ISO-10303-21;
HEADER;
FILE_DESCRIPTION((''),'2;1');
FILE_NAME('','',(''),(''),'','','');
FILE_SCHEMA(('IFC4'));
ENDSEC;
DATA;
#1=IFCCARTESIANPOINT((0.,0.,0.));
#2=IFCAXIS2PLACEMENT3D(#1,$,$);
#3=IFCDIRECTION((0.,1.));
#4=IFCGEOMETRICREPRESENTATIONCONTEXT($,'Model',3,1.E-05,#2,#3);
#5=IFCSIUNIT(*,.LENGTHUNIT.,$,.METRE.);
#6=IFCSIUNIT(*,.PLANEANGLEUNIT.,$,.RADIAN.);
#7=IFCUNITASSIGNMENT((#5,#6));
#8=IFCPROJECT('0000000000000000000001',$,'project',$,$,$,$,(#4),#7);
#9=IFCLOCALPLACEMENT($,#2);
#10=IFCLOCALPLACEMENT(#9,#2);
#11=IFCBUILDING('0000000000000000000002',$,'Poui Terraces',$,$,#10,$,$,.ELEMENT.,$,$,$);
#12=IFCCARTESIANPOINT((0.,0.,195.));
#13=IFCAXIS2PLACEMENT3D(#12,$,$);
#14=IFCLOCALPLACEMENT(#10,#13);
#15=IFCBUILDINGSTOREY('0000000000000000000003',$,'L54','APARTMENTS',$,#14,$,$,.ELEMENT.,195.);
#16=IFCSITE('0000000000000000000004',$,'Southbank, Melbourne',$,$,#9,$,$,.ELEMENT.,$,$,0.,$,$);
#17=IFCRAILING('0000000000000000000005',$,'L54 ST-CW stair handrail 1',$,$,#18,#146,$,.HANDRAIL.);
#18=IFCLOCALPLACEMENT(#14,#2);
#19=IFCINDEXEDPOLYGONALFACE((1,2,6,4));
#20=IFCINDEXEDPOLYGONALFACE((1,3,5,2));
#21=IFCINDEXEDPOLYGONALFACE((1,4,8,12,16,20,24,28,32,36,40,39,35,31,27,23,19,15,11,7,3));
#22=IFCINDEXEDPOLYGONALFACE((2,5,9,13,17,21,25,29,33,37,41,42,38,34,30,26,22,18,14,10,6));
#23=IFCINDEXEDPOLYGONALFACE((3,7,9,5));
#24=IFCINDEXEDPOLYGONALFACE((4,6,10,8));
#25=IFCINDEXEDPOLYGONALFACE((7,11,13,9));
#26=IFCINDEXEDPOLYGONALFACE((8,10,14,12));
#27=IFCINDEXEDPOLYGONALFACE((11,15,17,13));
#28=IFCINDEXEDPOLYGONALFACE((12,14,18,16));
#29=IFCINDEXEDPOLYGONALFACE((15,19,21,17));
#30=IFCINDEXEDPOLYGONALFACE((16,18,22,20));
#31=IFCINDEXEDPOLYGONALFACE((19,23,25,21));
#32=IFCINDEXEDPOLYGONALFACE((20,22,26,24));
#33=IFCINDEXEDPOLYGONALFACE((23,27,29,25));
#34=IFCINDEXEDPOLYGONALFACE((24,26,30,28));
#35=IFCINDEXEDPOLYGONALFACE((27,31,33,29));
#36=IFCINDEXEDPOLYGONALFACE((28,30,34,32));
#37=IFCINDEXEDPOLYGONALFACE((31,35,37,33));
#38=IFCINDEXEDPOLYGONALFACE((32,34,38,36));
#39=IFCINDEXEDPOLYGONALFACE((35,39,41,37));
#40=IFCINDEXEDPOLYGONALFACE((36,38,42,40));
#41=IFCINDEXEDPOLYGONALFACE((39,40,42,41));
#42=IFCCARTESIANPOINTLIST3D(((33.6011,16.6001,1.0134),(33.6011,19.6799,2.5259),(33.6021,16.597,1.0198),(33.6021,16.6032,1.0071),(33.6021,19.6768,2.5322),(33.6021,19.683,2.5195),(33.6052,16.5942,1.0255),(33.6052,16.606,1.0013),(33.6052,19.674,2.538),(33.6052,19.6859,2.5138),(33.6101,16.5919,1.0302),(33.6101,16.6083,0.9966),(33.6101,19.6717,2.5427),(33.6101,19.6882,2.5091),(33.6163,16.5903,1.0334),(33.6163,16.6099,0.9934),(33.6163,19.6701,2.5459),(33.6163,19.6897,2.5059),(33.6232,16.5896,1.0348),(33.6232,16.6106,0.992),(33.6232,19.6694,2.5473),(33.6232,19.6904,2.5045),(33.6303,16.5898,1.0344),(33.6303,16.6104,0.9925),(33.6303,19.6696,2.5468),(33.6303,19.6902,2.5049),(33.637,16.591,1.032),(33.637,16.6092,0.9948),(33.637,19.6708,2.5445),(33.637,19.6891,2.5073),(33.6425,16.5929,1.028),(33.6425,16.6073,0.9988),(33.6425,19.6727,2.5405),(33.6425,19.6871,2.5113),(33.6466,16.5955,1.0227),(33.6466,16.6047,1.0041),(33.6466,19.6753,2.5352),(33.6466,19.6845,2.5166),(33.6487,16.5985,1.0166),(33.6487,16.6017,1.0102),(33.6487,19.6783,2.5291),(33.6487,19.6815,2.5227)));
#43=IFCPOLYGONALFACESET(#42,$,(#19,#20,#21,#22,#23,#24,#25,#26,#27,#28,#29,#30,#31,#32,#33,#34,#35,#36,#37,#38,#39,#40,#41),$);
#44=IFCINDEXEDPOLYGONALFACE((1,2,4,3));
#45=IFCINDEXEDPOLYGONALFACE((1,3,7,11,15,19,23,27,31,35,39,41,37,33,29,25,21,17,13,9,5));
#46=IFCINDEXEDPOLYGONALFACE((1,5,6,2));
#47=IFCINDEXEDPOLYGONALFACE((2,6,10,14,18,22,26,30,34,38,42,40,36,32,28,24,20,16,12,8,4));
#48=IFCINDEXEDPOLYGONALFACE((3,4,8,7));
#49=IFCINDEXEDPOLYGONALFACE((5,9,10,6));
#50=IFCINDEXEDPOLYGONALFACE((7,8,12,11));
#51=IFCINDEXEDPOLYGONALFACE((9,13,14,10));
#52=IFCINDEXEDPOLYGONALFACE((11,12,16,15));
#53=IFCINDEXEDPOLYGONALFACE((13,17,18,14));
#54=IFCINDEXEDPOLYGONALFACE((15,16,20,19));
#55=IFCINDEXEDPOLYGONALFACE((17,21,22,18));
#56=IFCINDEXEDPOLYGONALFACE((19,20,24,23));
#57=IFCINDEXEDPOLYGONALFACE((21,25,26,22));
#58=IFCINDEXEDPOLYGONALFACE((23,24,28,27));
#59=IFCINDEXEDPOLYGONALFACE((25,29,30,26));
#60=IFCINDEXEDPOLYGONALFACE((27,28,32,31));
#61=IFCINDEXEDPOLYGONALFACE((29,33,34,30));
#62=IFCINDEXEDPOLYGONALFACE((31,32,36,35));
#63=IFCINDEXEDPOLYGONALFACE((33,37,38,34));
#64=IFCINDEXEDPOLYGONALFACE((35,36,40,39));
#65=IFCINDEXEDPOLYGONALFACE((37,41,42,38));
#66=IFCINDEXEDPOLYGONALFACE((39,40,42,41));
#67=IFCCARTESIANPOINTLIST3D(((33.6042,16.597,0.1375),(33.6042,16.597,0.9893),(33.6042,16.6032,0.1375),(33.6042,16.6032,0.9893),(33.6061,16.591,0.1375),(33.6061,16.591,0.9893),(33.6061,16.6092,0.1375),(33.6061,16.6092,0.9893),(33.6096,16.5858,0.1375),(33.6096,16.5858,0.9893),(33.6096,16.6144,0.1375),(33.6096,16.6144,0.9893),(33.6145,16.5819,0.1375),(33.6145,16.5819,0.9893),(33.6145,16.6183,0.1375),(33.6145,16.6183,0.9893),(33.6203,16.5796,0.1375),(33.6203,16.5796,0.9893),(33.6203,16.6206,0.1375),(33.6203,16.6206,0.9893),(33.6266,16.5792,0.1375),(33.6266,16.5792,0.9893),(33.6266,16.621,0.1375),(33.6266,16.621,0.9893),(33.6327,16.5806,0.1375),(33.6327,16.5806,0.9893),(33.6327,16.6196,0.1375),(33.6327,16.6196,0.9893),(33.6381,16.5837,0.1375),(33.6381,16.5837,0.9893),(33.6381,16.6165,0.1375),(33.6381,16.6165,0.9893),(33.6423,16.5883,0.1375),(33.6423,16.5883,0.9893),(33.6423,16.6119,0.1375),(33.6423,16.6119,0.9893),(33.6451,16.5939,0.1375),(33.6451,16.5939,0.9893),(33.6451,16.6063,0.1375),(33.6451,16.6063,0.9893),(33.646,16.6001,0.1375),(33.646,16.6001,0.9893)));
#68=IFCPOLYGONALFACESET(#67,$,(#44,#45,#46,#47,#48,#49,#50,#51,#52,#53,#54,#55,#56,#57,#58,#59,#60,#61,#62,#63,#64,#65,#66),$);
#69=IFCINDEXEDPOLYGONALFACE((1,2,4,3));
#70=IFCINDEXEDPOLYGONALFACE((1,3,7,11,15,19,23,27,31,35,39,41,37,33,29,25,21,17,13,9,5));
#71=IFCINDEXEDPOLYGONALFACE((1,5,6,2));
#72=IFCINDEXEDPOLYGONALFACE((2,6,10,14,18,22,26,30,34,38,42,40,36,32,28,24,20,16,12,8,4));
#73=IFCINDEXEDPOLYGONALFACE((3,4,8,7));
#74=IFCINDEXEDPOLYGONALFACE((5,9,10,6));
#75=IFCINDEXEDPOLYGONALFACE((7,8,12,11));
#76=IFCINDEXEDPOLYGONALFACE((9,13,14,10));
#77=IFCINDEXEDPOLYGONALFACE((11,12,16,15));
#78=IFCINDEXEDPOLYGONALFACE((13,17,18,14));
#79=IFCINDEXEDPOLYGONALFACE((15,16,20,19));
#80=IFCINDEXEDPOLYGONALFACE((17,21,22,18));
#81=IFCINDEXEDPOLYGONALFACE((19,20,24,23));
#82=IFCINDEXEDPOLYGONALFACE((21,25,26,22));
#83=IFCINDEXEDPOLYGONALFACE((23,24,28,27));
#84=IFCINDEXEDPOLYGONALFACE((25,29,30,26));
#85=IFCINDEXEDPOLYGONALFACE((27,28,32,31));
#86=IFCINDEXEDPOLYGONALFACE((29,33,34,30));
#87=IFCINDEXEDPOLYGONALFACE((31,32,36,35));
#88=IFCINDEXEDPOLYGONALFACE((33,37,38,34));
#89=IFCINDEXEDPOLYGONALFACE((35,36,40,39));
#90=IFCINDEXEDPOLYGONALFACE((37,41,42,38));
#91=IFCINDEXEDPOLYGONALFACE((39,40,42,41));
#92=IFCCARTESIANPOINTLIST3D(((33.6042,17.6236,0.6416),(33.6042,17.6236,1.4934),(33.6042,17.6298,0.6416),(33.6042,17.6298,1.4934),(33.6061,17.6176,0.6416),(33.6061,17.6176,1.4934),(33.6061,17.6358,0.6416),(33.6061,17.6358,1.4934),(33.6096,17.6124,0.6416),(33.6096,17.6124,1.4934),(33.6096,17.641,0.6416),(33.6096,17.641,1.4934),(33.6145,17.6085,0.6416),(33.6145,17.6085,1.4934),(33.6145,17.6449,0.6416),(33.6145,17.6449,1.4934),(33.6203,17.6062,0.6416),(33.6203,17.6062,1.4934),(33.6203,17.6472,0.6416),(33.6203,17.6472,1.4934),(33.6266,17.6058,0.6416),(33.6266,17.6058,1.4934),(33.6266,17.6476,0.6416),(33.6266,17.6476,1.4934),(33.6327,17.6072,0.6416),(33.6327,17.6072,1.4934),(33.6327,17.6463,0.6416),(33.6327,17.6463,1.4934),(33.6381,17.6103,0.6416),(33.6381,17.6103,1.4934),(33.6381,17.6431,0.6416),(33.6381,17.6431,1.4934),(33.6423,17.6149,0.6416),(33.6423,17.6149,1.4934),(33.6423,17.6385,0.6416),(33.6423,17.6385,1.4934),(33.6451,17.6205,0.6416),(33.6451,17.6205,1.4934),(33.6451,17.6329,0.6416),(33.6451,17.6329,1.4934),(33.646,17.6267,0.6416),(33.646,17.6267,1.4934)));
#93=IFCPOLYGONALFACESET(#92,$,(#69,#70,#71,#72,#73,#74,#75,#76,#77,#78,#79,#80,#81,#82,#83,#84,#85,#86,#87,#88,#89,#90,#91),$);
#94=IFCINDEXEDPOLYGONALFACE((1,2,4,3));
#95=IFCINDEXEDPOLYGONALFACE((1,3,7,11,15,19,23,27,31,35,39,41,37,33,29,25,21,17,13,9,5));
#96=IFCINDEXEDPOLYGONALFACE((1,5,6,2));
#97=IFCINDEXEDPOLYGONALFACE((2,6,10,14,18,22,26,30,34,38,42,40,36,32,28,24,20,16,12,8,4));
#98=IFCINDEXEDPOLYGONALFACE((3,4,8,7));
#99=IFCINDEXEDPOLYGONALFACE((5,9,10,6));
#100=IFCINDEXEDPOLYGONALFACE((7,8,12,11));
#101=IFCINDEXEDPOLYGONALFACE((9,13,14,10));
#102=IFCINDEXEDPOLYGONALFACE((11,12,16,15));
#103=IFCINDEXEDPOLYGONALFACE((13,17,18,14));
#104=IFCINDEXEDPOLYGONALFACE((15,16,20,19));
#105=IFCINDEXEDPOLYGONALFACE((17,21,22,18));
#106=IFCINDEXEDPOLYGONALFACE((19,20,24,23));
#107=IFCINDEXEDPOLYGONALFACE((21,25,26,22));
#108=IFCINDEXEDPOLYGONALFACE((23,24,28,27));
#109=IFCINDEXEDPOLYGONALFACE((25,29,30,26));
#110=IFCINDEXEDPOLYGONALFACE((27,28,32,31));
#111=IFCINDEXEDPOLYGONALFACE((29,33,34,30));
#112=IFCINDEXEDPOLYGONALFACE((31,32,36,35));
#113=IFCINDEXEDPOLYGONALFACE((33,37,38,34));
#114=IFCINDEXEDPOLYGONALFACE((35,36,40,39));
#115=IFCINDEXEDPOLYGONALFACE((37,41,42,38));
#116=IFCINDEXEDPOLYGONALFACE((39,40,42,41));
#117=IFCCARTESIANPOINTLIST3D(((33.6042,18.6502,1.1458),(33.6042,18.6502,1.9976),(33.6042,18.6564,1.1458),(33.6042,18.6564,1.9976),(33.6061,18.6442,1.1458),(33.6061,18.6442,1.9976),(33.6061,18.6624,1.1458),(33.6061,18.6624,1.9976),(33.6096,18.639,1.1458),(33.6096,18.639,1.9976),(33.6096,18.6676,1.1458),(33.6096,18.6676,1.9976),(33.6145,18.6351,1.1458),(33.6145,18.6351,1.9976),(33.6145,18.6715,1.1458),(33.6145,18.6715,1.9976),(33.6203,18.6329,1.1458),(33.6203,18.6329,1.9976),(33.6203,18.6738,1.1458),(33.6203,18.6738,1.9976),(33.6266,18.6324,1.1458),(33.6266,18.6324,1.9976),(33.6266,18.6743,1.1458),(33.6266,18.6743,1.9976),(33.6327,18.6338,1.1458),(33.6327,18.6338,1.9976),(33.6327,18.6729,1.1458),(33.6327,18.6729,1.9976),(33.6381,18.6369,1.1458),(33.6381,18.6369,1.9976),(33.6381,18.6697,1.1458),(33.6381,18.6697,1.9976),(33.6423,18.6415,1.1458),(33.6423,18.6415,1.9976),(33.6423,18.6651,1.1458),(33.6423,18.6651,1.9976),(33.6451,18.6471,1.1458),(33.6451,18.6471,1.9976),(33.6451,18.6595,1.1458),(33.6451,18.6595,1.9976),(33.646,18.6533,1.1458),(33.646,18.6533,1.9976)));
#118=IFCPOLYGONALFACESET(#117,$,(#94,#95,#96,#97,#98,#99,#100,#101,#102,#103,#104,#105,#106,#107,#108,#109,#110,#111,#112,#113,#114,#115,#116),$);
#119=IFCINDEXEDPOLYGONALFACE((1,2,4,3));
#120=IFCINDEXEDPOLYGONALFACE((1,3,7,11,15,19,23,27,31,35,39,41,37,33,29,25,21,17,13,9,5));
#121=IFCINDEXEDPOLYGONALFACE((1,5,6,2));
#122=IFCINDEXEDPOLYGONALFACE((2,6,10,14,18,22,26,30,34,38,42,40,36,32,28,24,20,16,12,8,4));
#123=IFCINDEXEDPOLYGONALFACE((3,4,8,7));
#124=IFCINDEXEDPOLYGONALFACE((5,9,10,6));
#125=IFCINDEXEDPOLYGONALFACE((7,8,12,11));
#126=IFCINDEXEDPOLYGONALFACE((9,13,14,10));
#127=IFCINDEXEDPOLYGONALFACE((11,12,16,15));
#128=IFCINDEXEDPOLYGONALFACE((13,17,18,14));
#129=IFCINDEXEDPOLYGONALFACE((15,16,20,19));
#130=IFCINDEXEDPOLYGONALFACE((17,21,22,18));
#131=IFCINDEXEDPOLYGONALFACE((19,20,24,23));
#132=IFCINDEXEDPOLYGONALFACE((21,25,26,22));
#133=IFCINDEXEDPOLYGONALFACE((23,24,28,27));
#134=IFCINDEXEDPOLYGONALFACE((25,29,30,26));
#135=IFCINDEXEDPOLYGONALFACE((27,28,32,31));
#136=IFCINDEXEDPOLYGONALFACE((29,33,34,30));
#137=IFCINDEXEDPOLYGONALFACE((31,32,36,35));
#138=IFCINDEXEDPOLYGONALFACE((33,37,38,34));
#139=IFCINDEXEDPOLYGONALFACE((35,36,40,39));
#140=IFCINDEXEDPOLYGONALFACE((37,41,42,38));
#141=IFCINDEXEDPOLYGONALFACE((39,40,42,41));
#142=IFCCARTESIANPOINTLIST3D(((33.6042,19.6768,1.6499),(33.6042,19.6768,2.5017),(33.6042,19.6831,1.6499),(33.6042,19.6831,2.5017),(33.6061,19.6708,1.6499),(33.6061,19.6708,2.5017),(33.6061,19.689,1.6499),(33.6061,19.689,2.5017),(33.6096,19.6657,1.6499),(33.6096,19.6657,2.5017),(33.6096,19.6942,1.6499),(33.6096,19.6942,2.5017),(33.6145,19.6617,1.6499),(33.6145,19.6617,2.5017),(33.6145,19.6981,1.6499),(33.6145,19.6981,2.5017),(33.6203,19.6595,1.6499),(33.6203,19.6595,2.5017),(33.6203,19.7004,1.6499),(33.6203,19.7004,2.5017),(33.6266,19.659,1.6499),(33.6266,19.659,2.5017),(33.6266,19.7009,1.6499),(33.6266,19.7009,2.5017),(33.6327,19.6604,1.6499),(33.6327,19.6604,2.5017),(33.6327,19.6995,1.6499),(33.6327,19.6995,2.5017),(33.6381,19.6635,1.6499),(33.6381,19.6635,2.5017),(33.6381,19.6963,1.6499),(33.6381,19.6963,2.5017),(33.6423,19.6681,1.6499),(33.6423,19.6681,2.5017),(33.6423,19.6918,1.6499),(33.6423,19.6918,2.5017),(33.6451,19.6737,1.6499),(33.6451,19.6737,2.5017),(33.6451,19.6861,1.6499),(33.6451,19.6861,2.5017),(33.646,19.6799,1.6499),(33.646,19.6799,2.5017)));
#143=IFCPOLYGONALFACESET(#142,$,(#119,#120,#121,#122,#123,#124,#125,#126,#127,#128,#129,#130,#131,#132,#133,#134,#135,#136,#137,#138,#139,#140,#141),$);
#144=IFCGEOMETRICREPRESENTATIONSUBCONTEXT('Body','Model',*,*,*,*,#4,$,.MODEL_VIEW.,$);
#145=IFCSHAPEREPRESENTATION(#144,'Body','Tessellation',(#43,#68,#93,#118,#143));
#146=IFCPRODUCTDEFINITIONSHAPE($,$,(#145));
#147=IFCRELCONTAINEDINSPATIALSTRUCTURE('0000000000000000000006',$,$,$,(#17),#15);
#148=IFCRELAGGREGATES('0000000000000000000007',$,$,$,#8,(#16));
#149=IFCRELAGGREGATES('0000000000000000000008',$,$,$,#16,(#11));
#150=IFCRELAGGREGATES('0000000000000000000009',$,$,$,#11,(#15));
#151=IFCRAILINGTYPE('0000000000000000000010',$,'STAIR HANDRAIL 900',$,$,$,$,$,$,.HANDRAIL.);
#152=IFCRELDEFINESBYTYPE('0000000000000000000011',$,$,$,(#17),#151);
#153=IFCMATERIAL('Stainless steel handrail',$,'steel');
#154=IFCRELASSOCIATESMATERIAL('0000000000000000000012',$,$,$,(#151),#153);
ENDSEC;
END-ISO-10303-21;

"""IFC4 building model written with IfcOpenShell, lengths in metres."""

from ifc_helpers import new_model, si_unit, direction, frame, origin, origin_2d, place, context, subcontext, project, spatial, circle, extrude, material, type_object, element, save


model = new_model("IFC4")

# Units and contexts
model_context = context("Model", 3, precision=1e-05, world=origin(), true_north=direction((0.0, 1.0)))
body_context = subcontext(model_context, "Body", "Model", "MODEL_VIEW")
ifc_project = project(units=[si_unit("LENGTHUNIT", "METRE"), si_unit("PLANEANGLEUNIT", "RADIAN")], contexts=[model_context])

# Site, building, storey
site_placement = place(None, origin())
site = spatial("IfcSite", under=ifc_project, at=site_placement, Name="Southbank, Melbourne", CompositionType="ELEMENT", RefElevation=0.0)
building_placement = place(site_placement, origin())
building = spatial("IfcBuilding", under=site, at=building_placement, Name="Poui Terraces", CompositionType="ELEMENT")
storey_placement = place(building_placement, frame((0.0, 0.0, 195.0)))
storey = spatial("IfcBuildingStorey", under=building, at=storey_placement, Name="L54", Description="APARTMENTS", CompositionType="ELEMENT", Elevation=195.0)

# Railing
ifc_material_1 = material(Name="Stainless steel handrail", Category="steel")
railing_type_1 = type_object("IfcRailingType", Name="STAIR HANDRAIL 900", PredefinedType="HANDRAIL", material=ifc_material_1)
railing_1_placement = place(storey_placement, frame((33.625, 16.6001, 0.1375)))
element("IfcRailing", 1, at=railing_1_placement, inside=storey, type_object=railing_type_1, Name="L54 ST-CW stair handrail 1", PredefinedType="HANDRAIL", context=body_context, shape_type="SweptSolid", body=[
    extrude(circle(Radius=0.0239, at=origin_2d()), frame((0.0, 0.0, 0.876), z_axis=(0.0, 0.897606, 0.440798), x_axis=(-1.0, 0.0, 0.0)), (0.0, 0.0, 1.0), 3.4312),
    extrude(circle(Radius=0.021, at=origin_2d()), origin(), (0.0, 0.0, 1.0), 0.8518),
    extrude(circle(Radius=0.021, at=origin_2d()), frame((0.0, 1.0266, 0.5042)), (0.0, 0.0, 1.0), 0.8518),
    extrude(circle(Radius=0.021, at=origin_2d()), frame((0.0, 2.0532, 1.0083)), (0.0, 0.0, 1.0), 0.8518),
    extrude(circle(Radius=0.021, at=origin_2d()), frame((0.0, 3.0798, 1.5125)), (0.0, 0.0, 1.0), 0.8518),
])

save(model, "model.ifc")
